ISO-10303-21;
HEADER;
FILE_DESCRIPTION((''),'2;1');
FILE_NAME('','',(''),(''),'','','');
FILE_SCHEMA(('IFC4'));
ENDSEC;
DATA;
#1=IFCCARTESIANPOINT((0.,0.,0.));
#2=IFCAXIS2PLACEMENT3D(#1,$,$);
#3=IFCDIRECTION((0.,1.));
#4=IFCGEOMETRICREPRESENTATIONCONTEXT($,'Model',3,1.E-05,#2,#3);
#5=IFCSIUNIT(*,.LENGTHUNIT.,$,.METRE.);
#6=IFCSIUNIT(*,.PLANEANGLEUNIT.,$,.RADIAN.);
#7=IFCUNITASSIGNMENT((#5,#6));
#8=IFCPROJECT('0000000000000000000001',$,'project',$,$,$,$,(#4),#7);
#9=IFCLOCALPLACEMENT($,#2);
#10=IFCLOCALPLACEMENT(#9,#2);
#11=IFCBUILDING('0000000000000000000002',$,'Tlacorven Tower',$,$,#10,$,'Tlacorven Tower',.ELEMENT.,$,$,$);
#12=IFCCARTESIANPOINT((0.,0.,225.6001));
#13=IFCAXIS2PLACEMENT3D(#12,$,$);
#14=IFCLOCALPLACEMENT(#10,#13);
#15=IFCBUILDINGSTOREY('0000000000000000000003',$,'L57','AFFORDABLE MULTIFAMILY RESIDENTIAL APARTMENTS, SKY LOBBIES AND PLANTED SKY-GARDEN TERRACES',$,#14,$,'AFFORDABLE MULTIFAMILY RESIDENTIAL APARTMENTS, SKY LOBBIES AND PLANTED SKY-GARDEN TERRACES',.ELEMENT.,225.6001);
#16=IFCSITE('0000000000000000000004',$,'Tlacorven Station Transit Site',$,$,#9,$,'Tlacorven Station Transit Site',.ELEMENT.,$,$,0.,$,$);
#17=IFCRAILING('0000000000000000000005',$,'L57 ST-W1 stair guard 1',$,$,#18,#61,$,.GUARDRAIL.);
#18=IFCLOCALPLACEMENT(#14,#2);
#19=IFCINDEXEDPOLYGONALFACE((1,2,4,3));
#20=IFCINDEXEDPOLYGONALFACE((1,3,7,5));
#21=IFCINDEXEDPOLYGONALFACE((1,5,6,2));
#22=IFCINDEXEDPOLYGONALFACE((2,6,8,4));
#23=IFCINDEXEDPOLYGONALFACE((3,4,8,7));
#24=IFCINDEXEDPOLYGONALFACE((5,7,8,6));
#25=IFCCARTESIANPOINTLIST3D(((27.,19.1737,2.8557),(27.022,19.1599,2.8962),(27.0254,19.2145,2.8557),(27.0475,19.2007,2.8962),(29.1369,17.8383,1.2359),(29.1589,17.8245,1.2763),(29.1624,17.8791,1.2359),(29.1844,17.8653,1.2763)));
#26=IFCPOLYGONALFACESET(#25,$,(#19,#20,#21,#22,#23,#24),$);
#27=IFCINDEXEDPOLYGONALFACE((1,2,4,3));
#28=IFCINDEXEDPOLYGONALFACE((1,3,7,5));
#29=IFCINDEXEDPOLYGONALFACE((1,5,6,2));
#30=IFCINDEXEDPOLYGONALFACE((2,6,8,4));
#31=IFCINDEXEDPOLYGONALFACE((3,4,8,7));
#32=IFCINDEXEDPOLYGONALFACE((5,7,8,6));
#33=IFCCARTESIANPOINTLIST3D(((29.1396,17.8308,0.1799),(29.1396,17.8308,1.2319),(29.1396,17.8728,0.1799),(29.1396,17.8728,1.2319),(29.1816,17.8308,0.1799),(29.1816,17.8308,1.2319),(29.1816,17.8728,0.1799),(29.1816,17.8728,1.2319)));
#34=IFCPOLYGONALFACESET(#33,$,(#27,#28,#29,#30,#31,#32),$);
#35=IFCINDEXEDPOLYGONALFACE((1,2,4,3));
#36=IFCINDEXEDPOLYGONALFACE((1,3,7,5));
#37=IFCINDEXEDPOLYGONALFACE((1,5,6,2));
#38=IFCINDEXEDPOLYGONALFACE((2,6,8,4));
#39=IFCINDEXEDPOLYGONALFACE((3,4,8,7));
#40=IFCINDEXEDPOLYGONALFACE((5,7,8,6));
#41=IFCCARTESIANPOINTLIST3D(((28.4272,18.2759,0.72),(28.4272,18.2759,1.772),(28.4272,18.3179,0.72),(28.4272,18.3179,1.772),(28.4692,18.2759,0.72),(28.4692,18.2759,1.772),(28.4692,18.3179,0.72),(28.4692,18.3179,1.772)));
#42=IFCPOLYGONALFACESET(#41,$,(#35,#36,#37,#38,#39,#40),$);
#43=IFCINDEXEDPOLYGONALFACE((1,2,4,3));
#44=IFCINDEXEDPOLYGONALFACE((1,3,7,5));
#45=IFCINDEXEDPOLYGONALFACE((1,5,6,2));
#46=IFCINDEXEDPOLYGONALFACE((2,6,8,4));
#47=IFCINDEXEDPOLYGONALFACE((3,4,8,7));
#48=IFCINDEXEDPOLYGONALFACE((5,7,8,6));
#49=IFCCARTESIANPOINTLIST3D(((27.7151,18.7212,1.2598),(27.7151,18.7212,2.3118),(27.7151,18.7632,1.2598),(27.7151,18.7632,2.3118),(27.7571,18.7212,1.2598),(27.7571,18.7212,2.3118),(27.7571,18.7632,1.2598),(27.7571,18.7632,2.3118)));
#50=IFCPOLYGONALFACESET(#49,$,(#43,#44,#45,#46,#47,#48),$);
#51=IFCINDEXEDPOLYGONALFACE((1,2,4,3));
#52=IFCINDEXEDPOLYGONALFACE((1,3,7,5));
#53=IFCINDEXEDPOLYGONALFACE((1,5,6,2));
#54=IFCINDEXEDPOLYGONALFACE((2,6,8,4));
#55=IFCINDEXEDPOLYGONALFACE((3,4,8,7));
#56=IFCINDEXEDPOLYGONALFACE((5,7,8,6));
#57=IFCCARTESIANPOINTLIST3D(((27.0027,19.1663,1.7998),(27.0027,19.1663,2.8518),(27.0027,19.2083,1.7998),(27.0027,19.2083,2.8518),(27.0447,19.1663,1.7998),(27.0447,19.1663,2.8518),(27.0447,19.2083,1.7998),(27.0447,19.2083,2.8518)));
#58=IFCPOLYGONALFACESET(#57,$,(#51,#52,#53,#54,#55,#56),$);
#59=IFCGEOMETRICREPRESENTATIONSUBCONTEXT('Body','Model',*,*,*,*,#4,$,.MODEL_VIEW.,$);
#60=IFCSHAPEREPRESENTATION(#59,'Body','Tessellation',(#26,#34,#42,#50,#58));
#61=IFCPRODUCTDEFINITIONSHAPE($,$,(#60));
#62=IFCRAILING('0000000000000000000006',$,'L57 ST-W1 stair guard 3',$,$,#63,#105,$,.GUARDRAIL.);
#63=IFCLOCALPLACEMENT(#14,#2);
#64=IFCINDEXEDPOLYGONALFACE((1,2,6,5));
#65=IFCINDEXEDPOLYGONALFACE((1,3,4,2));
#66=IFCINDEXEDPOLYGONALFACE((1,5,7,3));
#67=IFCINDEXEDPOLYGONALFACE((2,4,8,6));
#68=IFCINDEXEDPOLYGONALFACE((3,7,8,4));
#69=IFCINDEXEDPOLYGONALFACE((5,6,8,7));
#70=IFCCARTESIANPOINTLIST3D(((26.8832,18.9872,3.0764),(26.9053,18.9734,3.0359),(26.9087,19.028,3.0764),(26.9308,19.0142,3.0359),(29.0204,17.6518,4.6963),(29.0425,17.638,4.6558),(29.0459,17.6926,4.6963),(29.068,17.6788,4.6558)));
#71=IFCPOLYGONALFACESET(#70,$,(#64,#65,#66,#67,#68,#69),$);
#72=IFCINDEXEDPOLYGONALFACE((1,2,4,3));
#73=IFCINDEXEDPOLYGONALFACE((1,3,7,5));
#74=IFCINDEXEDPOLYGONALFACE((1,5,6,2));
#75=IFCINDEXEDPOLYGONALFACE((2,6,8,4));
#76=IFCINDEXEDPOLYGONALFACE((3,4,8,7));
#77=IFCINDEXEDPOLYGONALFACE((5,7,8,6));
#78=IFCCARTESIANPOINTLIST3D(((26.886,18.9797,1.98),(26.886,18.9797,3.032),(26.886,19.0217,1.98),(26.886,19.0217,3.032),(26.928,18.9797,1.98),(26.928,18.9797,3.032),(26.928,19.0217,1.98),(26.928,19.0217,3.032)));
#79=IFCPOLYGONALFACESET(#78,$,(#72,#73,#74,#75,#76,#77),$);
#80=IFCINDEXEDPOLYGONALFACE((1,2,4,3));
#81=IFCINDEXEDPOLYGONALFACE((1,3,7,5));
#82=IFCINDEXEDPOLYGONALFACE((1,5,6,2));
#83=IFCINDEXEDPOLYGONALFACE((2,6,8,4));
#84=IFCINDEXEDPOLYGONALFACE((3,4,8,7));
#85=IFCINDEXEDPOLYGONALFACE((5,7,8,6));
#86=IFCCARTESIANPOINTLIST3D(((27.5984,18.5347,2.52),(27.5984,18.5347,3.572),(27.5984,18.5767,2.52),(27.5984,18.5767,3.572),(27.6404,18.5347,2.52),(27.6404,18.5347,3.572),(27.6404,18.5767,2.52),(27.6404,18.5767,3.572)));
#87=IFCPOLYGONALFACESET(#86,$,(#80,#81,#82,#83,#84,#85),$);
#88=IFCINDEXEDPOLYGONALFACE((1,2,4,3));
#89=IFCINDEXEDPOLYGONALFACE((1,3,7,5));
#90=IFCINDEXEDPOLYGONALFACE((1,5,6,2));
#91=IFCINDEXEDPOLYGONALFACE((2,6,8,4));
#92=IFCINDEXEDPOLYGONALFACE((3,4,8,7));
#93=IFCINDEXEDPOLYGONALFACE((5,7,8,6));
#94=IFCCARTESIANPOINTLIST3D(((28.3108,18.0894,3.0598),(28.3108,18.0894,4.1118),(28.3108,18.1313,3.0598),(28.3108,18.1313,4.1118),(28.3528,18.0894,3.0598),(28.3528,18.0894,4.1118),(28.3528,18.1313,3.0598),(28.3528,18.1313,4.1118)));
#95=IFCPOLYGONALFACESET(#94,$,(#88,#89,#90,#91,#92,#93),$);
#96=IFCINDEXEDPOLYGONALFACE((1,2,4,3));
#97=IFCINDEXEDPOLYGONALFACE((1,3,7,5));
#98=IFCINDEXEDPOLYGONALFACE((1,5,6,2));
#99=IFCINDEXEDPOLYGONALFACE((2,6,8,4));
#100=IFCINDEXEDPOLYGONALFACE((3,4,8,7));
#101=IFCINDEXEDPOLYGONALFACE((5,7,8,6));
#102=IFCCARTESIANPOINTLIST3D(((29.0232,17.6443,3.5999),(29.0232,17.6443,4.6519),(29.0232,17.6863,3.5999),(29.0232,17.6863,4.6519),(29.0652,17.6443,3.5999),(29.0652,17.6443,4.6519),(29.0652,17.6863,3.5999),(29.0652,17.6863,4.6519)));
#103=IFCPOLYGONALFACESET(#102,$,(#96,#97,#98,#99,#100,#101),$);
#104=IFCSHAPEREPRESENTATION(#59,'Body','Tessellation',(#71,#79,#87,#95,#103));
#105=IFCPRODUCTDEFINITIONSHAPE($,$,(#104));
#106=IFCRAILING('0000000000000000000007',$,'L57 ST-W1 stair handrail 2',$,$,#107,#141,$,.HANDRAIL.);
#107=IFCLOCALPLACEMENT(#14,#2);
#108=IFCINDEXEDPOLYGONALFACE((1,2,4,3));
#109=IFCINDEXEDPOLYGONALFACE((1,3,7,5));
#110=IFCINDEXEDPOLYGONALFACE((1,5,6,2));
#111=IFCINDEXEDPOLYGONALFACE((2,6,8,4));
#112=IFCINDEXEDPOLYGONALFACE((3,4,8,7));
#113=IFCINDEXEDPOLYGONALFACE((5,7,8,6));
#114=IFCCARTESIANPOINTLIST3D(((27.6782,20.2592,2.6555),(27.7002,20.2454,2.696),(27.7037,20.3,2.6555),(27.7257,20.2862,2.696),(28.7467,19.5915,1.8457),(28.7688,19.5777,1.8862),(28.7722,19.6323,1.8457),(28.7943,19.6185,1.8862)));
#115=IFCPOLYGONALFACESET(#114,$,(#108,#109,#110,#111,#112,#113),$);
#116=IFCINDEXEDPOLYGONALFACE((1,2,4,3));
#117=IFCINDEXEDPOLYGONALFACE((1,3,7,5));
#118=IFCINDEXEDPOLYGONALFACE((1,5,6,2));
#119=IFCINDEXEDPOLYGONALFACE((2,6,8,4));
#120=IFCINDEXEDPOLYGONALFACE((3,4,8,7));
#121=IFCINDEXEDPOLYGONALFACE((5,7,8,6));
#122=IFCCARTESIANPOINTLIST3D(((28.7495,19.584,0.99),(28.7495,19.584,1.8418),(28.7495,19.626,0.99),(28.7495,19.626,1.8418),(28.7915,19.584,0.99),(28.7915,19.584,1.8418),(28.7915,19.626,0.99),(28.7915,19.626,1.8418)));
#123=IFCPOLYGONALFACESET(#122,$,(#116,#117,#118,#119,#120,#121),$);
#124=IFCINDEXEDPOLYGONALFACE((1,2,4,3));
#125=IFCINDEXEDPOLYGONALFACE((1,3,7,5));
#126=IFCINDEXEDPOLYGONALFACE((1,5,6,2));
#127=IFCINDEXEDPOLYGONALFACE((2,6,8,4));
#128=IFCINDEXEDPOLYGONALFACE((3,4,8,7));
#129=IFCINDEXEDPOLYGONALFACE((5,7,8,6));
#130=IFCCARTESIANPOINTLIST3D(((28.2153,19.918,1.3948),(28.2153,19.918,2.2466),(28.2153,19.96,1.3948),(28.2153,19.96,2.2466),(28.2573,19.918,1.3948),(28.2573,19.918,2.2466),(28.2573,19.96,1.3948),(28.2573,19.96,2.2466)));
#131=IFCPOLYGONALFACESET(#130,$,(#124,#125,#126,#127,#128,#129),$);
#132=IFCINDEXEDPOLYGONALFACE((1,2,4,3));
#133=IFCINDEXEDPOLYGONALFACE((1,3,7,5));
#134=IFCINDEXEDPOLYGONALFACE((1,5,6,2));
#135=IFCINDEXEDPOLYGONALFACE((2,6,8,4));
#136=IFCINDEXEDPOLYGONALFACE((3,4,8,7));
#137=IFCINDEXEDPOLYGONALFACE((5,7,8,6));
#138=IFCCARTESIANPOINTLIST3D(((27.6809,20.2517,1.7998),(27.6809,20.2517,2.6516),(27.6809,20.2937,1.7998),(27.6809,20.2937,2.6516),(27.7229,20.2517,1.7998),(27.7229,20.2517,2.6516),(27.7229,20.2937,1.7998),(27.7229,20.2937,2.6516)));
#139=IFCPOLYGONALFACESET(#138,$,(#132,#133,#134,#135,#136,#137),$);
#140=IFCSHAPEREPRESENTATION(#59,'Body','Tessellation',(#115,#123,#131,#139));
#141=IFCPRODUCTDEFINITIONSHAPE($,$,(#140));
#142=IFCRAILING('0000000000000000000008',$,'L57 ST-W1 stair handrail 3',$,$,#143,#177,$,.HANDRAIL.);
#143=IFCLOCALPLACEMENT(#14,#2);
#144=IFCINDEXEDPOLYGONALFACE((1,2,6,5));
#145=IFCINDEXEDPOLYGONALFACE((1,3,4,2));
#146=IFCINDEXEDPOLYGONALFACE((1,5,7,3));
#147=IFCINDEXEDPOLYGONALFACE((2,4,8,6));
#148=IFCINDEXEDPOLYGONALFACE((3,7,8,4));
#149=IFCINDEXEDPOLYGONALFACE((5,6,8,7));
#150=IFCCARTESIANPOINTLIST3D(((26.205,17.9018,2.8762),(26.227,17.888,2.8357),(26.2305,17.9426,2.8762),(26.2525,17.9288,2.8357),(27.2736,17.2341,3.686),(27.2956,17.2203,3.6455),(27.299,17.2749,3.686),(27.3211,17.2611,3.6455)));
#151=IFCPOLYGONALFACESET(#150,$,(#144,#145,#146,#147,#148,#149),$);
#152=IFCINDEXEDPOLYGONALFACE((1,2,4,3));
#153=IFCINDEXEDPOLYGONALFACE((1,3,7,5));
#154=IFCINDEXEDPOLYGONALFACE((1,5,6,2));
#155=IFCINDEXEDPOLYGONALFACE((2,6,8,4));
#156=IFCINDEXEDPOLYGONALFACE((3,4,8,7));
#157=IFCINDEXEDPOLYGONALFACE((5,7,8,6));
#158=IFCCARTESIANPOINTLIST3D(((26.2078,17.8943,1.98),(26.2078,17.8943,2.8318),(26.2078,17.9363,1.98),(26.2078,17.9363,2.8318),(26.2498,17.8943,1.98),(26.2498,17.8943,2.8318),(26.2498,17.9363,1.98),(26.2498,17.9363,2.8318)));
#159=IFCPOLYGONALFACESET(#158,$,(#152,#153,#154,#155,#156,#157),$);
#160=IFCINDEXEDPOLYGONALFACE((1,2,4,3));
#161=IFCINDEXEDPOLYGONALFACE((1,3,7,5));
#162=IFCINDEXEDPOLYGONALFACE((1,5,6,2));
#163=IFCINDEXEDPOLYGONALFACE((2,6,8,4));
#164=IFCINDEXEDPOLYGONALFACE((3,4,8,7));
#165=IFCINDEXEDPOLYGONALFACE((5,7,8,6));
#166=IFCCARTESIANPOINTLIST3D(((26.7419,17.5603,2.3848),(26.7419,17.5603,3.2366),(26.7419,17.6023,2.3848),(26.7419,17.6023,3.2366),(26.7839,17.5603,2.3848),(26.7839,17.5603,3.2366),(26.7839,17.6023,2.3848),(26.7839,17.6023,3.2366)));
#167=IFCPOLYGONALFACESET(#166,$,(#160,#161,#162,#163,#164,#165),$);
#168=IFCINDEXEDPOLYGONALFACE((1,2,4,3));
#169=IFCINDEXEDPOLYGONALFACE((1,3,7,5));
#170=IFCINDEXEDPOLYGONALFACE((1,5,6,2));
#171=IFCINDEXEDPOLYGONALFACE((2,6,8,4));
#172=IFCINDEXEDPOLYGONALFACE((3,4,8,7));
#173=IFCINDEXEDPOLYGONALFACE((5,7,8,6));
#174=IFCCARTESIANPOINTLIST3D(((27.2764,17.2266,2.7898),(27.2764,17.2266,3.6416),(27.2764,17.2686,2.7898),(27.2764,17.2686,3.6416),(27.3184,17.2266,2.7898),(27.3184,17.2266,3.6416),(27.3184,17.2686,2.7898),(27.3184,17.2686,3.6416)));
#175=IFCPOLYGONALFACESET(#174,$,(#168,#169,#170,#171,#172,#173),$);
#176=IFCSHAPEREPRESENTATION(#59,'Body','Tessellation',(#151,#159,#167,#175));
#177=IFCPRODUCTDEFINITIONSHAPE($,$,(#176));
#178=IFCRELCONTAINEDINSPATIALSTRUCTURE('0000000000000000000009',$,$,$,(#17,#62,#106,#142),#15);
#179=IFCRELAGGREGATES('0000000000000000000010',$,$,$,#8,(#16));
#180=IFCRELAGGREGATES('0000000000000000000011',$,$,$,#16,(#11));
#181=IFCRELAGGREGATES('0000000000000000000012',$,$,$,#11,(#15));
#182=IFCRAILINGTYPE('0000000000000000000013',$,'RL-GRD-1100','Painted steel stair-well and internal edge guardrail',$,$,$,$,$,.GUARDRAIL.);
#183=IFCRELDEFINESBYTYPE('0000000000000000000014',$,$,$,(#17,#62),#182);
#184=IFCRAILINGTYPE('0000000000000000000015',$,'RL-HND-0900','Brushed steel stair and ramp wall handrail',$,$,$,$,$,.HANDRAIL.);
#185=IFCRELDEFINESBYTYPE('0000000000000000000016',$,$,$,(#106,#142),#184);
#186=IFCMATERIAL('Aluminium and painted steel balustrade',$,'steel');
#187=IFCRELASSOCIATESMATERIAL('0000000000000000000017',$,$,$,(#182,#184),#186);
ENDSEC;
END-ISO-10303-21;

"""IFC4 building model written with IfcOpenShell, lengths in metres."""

from ifc_helpers import new_model, si_unit, direction, frame, origin, origin_2d, place, context, subcontext, project, spatial, rectangle, extrude, source, transform, mapped, material, type_object, element, save


model = new_model("IFC4")

# Units and contexts
model_context = context("Model", 3, precision=1e-05, world=origin(), true_north=direction((0.0, 1.0)))
body_context = subcontext(model_context, "Body", "Model", "MODEL_VIEW")
ifc_project = project(units=[si_unit("LENGTHUNIT", "METRE"), si_unit("PLANEANGLEUNIT", "RADIAN")], contexts=[model_context])

# Site, building, storey
site_placement = place(None, origin())
site = spatial("IfcSite", under=ifc_project, at=site_placement, Name="Tlacorven Station Transit Site", LongName="Tlacorven Station Transit Site", CompositionType="ELEMENT", RefElevation=0.0)
building_placement = place(site_placement, origin())
building = spatial("IfcBuilding", under=site, at=building_placement, Name="Tlacorven Tower", LongName="Tlacorven Tower", CompositionType="ELEMENT")
storey_placement = place(building_placement, frame((0.0, 0.0, 225.6001)))
storey = spatial("IfcBuildingStorey", under=building, at=storey_placement, Name="L57", Description="AFFORDABLE MULTIFAMILY RESIDENTIAL APARTMENTS, SKY LOBBIES AND PLANTED SKY-GARDEN TERRACES", LongName="AFFORDABLE MULTIFAMILY RESIDENTIAL APARTMENTS, SKY LOBBIES AND PLANTED SKY-GARDEN TERRACES", CompositionType="ELEMENT", Elevation=225.6001)

# Railings
ifc_material_1 = material(Name="Aluminium and painted steel balustrade", Category="steel")
railing_type_1 = type_object("IfcRailingType", Name="RL-GRD-1100", Description="Painted steel stair-well and internal edge guardrail", PredefinedType="GUARDRAIL", material=ifc_material_1)
railing_type_2 = type_object("IfcRailingType", Name="RL-HND-0900", Description="Brushed steel stair and ramp wall handrail", PredefinedType="HANDRAIL", material=ifc_material_1)
shared_shape_1 = source(origin(), body_context, "Body", "SweptSolid", [
    extrude(rectangle(XDim=0.0481, YDim=0.0481, at=origin_2d()), frame((0.0, 0.0, 1.0762), z_axis=(-0.713351, 0.445794, 0.540739), x_axis=(-0.529955, -0.848026, 0.0)), (0.0, 0.0, 1.0), 2.9956),
    extrude(rectangle(XDim=0.042, YDim=0.042, at=origin_2d()), origin(), (0.0, 0.0, 1.0), 1.052),
    extrude(rectangle(XDim=0.042, YDim=0.042, at=origin_2d()), frame((-0.7124, 0.4451, 0.54)), (0.0, 0.0, 1.0), 1.052),
    extrude(rectangle(XDim=0.042, YDim=0.042, at=origin_2d()), frame((-1.4246, 0.8904, 1.0798)), (0.0, 0.0, 1.0), 1.052),
    extrude(rectangle(XDim=0.042, YDim=0.042, at=origin_2d()), frame((-2.137, 1.3354, 1.6199)), (0.0, 0.0, 1.0), 1.052),
])
railing_1_placement = place(storey_placement, frame((29.1606, 17.8518, 0.1799)))
element("IfcRailing", 1, at=railing_1_placement, inside=storey, type_object=railing_type_1, Name="L57 ST-W1 stair guard 1", PredefinedType="GUARDRAIL", context=body_context, shape_type="MappedRepresentation", body=[
    mapped(shared_shape_1, transform((0.0, 0.0, 0.0), scale=1.0)),
])
shared_shape_2 = source(origin(), body_context, "Body", "SweptSolid", [
    extrude(rectangle(XDim=0.0481, YDim=0.0481, at=origin_2d()), frame((0.0, 0.0, 1.0762), z_axis=(0.713391, -0.445768, 0.540707), x_axis=(0.529912, 0.848053, 0.0)), (0.0, 0.0, 1.0), 2.9958),
    extrude(rectangle(XDim=0.042, YDim=0.042, at=origin_2d()), origin(), (0.0, 0.0, 1.0), 1.052),
    extrude(rectangle(XDim=0.042, YDim=0.042, at=origin_2d()), frame((0.7124, -0.4451, 0.54)), (0.0, 0.0, 1.0), 1.052),
    extrude(rectangle(XDim=0.042, YDim=0.042, at=origin_2d()), frame((1.4248, -0.8904, 1.0798)), (0.0, 0.0, 1.0), 1.052),
    extrude(rectangle(XDim=0.042, YDim=0.042, at=origin_2d()), frame((2.1372, -1.3354, 1.6199)), (0.0, 0.0, 1.0), 1.052),
])
railing_2_placement = place(storey_placement, frame((26.907, 19.0007, 1.98)))
element("IfcRailing", 2, at=railing_2_placement, inside=storey, type_object=railing_type_1, Name="L57 ST-W1 stair guard 3", PredefinedType="GUARDRAIL", context=body_context, shape_type="MappedRepresentation", body=[
    mapped(shared_shape_2, transform((0.0, 0.0, 0.0), scale=1.0)),
])
shared_shape_3 = source(origin(), body_context, "Body", "SweptSolid", [
    extrude(rectangle(XDim=0.0481, YDim=0.0481, at=origin_2d()), frame((0.0, 0.0, 0.876), z_axis=(-0.713423, 0.445787, 0.540649), x_axis=(-0.529912, -0.848053, 0.0)), (0.0, 0.0, 1.0), 1.4978),
    extrude(rectangle(XDim=0.042, YDim=0.042, at=origin_2d()), origin(), (0.0, 0.0, 1.0), 0.8518),
    extrude(rectangle(XDim=0.042, YDim=0.042, at=origin_2d()), frame((-0.5342, 0.334, 0.4048)), (0.0, 0.0, 1.0), 0.8518),
    extrude(rectangle(XDim=0.042, YDim=0.042, at=origin_2d()), frame((-1.0686, 0.6677, 0.8098)), (0.0, 0.0, 1.0), 0.8518),
])
railing_3_placement = place(storey_placement, frame((28.7705, 19.605, 0.99)))
element("IfcRailing", 3, at=railing_3_placement, inside=storey, type_object=railing_type_2, Name="L57 ST-W1 stair handrail 2", PredefinedType="HANDRAIL", context=body_context, shape_type="MappedRepresentation", body=[
    mapped(shared_shape_3, transform((0.0, 0.0, 0.0), scale=1.0)),
])
shared_shape_4 = source(origin(), body_context, "Body", "SweptSolid", [
    extrude(rectangle(XDim=0.0481, YDim=0.0481, at=origin_2d()), frame((0.0, 0.0, 0.876), z_axis=(0.713423, -0.445787, 0.540649), x_axis=(0.529912, 0.848053, 0.0)), (0.0, 0.0, 1.0), 1.4978),
    extrude(rectangle(XDim=0.042, YDim=0.042, at=origin_2d()), origin(), (0.0, 0.0, 1.0), 0.8518),
    extrude(rectangle(XDim=0.042, YDim=0.042, at=origin_2d()), frame((0.5342, -0.334, 0.4048)), (0.0, 0.0, 1.0), 0.8518),
    extrude(rectangle(XDim=0.042, YDim=0.042, at=origin_2d()), frame((1.0686, -0.6677, 0.8098)), (0.0, 0.0, 1.0), 0.8518),
])
railing_4_placement = place(storey_placement, frame((26.2288, 17.9153, 1.98)))
element("IfcRailing", 4, at=railing_4_placement, inside=storey, type_object=railing_type_2, Name="L57 ST-W1 stair handrail 3", PredefinedType="HANDRAIL", context=body_context, shape_type="MappedRepresentation", body=[
    mapped(shared_shape_4, transform((0.0, 0.0, 0.0), scale=1.0)),
])

save(model, "model.ifc")
